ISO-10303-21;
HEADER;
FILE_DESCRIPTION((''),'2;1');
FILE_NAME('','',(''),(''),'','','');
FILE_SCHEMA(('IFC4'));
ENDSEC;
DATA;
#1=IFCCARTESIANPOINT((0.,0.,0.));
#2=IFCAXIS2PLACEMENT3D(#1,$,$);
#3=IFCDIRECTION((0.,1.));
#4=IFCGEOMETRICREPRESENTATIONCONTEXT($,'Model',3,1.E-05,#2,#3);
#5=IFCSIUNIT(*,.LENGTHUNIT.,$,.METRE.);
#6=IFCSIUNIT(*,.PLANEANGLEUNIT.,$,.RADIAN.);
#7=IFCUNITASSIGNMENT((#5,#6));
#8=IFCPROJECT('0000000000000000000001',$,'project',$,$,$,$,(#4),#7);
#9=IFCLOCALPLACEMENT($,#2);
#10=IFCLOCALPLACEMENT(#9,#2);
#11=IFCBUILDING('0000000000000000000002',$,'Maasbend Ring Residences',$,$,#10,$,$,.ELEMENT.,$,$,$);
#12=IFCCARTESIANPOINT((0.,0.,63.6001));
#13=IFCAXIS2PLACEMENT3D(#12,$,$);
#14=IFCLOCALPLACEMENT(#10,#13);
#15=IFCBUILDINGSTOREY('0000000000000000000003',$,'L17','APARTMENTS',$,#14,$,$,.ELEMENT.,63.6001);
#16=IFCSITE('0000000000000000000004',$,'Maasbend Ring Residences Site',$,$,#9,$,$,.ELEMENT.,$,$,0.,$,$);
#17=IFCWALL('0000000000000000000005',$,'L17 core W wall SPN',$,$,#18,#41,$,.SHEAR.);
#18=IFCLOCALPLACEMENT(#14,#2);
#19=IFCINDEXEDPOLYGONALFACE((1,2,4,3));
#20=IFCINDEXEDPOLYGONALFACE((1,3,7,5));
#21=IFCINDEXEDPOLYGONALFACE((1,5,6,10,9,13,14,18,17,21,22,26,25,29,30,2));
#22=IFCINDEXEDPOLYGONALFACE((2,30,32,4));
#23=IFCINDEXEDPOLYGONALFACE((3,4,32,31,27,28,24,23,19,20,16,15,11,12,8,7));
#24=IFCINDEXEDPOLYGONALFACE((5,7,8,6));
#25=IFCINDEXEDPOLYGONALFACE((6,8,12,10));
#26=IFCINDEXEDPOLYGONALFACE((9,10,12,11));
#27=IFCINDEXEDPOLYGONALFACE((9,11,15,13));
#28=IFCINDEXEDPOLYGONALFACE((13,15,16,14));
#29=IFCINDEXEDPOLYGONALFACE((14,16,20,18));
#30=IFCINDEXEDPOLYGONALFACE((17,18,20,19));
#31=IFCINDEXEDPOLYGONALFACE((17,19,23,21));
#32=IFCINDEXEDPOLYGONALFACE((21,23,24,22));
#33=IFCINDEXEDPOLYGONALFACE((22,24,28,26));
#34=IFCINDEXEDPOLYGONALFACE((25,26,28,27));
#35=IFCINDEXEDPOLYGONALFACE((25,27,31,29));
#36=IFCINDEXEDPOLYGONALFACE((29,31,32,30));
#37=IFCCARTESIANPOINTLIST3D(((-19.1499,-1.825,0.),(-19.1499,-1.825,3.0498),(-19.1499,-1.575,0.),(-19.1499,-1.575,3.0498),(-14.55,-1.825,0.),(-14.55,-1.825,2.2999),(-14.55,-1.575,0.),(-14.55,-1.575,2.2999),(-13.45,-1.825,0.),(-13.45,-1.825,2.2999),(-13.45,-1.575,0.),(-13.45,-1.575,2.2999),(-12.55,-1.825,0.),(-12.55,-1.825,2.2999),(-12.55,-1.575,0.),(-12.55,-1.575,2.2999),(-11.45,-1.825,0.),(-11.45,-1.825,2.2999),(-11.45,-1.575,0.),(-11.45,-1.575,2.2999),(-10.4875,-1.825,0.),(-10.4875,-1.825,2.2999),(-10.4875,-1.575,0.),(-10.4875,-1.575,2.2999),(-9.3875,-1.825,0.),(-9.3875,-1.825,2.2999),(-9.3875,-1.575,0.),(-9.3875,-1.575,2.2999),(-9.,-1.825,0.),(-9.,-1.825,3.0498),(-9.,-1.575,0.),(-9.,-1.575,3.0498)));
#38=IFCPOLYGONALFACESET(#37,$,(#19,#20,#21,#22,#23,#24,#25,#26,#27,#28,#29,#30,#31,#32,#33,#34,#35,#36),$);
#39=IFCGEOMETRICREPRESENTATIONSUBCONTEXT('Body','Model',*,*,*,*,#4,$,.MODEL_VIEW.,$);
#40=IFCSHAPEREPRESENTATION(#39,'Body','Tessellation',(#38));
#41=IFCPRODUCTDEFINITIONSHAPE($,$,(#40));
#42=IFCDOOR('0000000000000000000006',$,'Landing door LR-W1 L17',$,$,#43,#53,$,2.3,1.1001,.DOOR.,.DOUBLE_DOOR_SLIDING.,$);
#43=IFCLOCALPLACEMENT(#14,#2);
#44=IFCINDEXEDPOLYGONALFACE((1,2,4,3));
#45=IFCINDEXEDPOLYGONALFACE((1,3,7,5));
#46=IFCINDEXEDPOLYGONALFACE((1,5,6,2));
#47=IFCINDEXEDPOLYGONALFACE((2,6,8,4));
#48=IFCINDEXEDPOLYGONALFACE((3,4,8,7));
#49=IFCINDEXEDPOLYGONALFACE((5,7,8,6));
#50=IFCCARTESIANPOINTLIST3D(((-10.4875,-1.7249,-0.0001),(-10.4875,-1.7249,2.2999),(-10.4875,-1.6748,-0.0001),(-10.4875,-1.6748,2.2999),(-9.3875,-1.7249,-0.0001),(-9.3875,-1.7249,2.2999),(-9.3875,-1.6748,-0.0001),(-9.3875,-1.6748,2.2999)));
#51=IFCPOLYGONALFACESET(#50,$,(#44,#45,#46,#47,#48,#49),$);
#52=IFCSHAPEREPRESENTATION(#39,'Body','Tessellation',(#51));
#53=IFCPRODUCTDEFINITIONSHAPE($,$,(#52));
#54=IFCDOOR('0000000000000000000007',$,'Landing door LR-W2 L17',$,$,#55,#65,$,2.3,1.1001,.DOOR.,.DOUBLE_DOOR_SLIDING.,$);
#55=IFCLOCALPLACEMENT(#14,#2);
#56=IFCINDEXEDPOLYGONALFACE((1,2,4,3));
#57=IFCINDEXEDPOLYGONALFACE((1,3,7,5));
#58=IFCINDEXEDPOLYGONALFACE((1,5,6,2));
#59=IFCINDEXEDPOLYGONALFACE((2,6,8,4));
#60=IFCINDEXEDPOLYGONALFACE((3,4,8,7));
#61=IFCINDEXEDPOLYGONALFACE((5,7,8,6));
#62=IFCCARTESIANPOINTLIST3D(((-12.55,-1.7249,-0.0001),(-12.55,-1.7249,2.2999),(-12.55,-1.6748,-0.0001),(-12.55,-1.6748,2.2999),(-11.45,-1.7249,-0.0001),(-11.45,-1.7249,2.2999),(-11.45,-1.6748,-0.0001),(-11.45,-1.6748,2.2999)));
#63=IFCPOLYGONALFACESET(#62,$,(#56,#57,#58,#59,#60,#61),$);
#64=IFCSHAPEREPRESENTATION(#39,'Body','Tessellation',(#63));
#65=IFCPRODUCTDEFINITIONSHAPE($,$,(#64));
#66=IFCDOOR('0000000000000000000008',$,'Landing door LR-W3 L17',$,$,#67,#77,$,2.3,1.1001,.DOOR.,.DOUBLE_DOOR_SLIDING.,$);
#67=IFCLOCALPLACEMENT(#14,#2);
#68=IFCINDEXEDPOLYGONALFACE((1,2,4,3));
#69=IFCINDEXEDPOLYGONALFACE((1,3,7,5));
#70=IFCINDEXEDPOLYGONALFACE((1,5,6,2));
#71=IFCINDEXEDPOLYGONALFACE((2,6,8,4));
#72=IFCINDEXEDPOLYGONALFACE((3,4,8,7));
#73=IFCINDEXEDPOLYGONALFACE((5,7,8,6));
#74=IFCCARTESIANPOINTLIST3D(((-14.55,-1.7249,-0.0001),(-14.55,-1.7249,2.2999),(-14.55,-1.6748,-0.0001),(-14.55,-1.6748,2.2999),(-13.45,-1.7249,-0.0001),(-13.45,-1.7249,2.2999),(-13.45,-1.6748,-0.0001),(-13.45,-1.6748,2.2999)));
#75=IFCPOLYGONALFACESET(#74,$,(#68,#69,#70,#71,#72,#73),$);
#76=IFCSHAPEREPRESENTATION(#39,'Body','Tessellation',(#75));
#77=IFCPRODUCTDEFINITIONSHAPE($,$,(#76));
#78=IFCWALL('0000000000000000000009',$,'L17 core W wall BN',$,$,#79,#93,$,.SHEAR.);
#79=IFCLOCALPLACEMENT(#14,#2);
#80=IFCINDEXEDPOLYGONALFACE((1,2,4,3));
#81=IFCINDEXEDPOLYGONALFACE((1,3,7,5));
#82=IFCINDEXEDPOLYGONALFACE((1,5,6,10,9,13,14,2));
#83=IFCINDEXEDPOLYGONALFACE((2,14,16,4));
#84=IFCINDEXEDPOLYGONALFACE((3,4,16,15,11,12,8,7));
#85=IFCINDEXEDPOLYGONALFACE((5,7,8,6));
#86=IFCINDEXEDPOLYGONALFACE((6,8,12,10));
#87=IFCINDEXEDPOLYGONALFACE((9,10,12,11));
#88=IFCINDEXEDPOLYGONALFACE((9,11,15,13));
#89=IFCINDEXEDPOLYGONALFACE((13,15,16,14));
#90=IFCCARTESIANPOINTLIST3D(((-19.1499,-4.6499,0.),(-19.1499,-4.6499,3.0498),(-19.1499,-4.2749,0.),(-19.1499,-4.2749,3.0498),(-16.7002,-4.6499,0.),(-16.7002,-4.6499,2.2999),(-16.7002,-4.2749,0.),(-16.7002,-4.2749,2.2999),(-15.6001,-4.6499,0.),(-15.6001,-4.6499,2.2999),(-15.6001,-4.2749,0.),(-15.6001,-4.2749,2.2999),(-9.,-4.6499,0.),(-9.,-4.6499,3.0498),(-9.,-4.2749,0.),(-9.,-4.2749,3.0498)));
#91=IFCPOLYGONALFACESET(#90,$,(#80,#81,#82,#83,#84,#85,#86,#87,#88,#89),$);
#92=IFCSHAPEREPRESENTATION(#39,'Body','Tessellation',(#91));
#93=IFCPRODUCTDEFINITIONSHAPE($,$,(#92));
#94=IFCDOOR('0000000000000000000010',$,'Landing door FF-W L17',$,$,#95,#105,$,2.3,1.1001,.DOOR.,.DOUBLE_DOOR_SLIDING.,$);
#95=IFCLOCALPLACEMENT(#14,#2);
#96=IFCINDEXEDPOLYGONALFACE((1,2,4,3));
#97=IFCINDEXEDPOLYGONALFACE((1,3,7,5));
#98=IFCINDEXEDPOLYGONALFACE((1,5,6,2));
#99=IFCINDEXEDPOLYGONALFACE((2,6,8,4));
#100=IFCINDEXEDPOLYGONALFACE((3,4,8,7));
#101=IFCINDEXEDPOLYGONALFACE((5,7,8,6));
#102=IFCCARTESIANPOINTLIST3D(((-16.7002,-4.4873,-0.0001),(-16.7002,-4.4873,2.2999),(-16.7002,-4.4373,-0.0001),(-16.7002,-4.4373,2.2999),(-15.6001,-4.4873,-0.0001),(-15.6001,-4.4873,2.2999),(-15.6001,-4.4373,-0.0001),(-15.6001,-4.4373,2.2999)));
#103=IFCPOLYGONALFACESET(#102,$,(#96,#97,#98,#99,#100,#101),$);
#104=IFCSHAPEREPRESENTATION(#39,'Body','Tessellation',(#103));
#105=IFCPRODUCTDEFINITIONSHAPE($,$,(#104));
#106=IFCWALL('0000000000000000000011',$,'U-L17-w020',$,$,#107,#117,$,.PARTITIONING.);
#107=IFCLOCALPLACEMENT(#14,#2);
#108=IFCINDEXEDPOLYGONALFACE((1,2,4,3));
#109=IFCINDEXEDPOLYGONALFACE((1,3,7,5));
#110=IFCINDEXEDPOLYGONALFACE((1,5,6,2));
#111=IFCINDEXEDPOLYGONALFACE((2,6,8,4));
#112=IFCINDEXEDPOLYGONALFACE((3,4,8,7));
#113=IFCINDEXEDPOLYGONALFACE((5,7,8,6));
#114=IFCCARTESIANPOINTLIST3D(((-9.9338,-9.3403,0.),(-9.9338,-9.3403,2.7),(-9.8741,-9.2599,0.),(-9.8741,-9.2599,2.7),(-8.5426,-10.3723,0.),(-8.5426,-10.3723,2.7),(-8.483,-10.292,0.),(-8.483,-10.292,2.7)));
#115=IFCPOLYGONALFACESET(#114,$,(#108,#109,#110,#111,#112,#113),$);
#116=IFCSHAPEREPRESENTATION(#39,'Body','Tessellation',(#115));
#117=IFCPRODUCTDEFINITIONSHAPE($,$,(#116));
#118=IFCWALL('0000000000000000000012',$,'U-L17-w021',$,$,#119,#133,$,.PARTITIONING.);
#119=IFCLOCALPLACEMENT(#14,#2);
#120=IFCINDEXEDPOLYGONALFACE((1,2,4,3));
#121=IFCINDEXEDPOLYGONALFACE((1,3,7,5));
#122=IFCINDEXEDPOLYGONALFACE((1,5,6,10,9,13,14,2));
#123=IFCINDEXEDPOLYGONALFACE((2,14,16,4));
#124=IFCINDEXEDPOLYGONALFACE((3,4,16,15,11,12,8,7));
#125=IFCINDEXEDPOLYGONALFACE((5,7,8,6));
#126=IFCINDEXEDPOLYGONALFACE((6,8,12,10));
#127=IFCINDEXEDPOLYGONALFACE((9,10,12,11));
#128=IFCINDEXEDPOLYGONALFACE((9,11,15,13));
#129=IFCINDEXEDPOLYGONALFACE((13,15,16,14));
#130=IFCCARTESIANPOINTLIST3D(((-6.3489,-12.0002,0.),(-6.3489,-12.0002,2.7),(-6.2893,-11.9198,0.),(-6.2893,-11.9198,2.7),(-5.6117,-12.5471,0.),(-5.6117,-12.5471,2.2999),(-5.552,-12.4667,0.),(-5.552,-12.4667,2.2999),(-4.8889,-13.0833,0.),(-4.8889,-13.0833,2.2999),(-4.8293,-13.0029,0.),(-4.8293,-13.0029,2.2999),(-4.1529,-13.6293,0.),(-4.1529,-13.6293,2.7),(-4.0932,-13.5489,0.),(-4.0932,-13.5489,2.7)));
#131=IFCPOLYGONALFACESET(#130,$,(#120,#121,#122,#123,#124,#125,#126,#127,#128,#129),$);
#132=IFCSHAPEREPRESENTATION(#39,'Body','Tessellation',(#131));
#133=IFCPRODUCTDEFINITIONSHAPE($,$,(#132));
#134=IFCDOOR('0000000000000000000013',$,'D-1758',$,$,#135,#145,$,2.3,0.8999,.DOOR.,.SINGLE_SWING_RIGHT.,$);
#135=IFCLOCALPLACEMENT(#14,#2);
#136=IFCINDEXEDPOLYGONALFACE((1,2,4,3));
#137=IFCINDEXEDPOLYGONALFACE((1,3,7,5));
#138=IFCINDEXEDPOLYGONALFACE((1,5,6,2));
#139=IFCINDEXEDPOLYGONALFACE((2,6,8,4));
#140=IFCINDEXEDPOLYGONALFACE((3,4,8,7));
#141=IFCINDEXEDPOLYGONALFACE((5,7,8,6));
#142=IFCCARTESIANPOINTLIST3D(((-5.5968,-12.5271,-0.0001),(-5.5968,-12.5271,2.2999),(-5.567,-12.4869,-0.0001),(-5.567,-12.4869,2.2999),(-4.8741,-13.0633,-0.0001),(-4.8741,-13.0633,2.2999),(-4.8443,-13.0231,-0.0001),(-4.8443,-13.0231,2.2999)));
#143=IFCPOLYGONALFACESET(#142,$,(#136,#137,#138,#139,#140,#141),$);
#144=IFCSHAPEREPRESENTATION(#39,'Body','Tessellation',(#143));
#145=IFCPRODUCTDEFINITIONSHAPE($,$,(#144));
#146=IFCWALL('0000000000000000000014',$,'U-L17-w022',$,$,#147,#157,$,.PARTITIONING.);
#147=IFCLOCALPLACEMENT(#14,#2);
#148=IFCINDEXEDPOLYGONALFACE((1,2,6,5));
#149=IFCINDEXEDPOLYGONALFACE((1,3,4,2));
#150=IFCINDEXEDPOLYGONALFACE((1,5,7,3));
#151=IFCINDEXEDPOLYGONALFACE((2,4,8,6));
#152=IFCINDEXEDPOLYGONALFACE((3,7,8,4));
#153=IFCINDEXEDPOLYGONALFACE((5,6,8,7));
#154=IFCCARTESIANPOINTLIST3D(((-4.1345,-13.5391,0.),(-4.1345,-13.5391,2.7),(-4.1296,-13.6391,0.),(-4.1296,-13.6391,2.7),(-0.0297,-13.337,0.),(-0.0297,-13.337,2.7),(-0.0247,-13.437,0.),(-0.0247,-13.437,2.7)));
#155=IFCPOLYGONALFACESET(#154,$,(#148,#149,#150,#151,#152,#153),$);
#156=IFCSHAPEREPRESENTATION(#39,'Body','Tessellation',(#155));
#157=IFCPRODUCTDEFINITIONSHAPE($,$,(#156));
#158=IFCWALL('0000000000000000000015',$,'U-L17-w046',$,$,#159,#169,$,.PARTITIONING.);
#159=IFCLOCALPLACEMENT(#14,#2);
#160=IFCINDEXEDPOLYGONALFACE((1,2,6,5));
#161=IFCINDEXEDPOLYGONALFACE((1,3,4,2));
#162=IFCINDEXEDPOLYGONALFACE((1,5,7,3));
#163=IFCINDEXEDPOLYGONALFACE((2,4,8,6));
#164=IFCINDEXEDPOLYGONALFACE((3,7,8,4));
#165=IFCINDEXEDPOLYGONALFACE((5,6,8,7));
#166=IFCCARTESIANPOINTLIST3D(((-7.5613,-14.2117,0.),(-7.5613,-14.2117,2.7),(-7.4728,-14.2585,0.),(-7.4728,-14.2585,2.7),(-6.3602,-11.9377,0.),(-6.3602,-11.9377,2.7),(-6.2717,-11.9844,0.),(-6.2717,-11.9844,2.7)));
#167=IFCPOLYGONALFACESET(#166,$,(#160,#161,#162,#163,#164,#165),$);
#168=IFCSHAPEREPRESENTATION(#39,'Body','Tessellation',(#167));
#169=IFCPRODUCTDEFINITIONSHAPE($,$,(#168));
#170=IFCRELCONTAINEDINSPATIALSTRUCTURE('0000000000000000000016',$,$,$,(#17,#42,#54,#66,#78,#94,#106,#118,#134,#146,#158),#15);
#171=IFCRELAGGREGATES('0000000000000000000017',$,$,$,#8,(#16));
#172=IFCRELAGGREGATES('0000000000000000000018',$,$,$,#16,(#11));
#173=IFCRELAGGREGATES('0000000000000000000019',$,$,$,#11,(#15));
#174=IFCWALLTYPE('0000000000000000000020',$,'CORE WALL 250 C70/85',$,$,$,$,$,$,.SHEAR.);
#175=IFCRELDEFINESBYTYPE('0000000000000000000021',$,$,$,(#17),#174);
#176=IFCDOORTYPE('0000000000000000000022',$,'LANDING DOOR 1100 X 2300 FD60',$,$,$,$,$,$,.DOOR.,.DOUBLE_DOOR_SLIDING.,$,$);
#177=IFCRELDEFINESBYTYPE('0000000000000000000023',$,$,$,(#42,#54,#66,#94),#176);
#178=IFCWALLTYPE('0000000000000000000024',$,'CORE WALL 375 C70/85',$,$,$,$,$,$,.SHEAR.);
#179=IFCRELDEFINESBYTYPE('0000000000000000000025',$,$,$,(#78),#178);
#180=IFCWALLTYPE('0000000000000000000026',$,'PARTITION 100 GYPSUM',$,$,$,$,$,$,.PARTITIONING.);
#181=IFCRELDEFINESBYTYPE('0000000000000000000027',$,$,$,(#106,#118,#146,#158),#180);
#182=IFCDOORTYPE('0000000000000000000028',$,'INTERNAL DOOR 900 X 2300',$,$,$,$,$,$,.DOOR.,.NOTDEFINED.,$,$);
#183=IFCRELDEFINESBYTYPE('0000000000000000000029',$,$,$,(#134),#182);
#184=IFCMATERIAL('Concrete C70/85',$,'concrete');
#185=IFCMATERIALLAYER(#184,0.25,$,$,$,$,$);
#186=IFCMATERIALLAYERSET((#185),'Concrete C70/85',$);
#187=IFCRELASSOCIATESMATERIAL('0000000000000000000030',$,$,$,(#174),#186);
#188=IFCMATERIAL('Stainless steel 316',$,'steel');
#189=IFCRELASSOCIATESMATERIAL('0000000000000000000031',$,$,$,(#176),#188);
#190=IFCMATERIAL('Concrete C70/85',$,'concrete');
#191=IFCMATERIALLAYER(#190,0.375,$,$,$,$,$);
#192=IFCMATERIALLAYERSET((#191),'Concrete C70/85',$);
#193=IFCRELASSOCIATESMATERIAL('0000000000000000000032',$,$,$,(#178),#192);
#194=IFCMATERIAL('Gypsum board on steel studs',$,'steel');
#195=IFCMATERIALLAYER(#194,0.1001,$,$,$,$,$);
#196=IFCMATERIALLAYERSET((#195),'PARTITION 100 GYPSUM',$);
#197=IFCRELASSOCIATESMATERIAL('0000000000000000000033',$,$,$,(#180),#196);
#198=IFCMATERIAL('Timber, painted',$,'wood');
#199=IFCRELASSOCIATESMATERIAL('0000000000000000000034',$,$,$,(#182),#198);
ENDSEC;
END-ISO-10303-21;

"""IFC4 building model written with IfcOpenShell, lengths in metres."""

from ifc_helpers import new_model, si_unit, direction, frame, frame_2d, origin, place, context, subcontext, project, spatial, rectangle, extrude, material, layer, layer_set, type_object, element, fill, save


model = new_model("IFC4")

# Units and contexts
model_context = context("Model", 3, precision=1e-05, world=origin(), true_north=direction((0.0, 1.0)))
body_context = subcontext(model_context, "Body", "Model", "MODEL_VIEW")
ifc_project = project(units=[si_unit("LENGTHUNIT", "METRE"), si_unit("PLANEANGLEUNIT", "RADIAN")], contexts=[model_context])

# Site, building, storey
site_placement = place(None, origin())
site = spatial("IfcSite", under=ifc_project, at=site_placement, Name="Maasbend Ring Residences Site", CompositionType="ELEMENT", RefElevation=0.0)
building_placement = place(site_placement, origin())
building = spatial("IfcBuilding", under=site, at=building_placement, Name="Maasbend Ring Residences", CompositionType="ELEMENT")
storey_placement = place(building_placement, frame((0.0, 0.0, 63.6001)))
storey = spatial("IfcBuildingStorey", under=building, at=storey_placement, Name="L17", Description="APARTMENTS", CompositionType="ELEMENT", Elevation=63.6001)

# Wall, openings, doors
ifc_material_1 = material(Name="Concrete C70/85", Category="concrete")
ifc_layer_1 = layer(ifc_material_1, 0.25)
ifc_layer_set_1 = layer_set([ifc_layer_1], Name="Concrete C70/85")
wall_type_1 = type_object("IfcWallType", Name="CORE WALL 250 C70/85", PredefinedType="SHEAR", material=ifc_layer_set_1)
wall_1_placement = place(storey_placement, frame((-9.0, -1.7, 0.0), z_axis=(0.0, 0.0, 1.0), x_axis=(-1.0, 0.0, 0.0)))
wall_1 = element("IfcWall", 1, at=wall_1_placement, inside=storey, type_object=wall_type_1, Name="L17 core W wall SPN", PredefinedType="SHEAR", context=body_context, shape_type="SweptSolid", body=[
    extrude(rectangle(XDim=10.1499, YDim=0.25, at=frame_2d((5.075, 0.0))), origin(), (0.0, 0.0, 1.0), 3.0498),
])
opening_1_placement = place(wall_1_placement, frame((0.3875, 0.0, 0.0)))
opening_1 = element("IfcOpeningElement", 2, at=opening_1_placement, cuts=wall_1, PredefinedType="OPENING", context=body_context, shape_type="SweptSolid", body=[
    extrude(rectangle(XDim=1.1001, YDim=2.3, at=frame_2d((0.55, 1.1499))), frame((0.0, 0.135, 0.0), z_axis=(0.0, -1.0, 0.0), x_axis=(1.0, 0.0, 0.0)), (0.0, 0.0, 1.0), 0.27),
])
opening_2_placement = place(wall_1_placement, frame((2.45, 0.0, 0.0)))
opening_2 = element("IfcOpeningElement", 3, at=opening_2_placement, cuts=wall_1, PredefinedType="OPENING", context=body_context, shape_type="SweptSolid", body=[
    extrude(rectangle(XDim=1.1001, YDim=2.3, at=frame_2d((0.55, 1.1499))), frame((0.0, 0.135, 0.0), z_axis=(0.0, -1.0, 0.0), x_axis=(1.0, 0.0, 0.0)), (0.0, 0.0, 1.0), 0.27),
])
opening_3_placement = place(wall_1_placement, frame((4.45, 0.0, 0.0)))
opening_3 = element("IfcOpeningElement", 4, at=opening_3_placement, cuts=wall_1, PredefinedType="OPENING", context=body_context, shape_type="SweptSolid", body=[
    extrude(rectangle(XDim=1.1001, YDim=2.3, at=frame_2d((0.55, 1.1499))), frame((0.0, 0.135, 0.0), z_axis=(0.0, -1.0, 0.0), x_axis=(1.0, 0.0, 0.0)), (0.0, 0.0, 1.0), 0.27),
])
ifc_material_2 = material(Name="Stainless steel 316", Category="steel")
door_type_1 = type_object("IfcDoorType", Name="LANDING DOOR 1100 X 2300 FD60", OperationType="DOUBLE_DOOR_SLIDING", PredefinedType="DOOR", material=ifc_material_2)
door_1_placement = place(opening_1_placement, origin())
door_1 = element("IfcDoor", 5, at=door_1_placement, inside=storey, type_object=door_type_1, Name="Landing door LR-W1 L17", OperationType="DOUBLE_DOOR_SLIDING", OverallHeight=2.3, OverallWidth=1.1001, PredefinedType="DOOR", context=body_context, shape_type="SweptSolid", body=[
    extrude(rectangle(XDim=1.1001, YDim=2.3, at=frame_2d((0.55, 1.1499))), frame((0.0, 0.0249, 0.0), z_axis=(0.0, -1.0, 0.0), x_axis=(1.0, 0.0, 0.0)), (0.0, 0.0, 1.0), 0.05),
])
fill(opening_1, door_1)
door_2_placement = place(opening_2_placement, origin())
door_2 = element("IfcDoor", 6, at=door_2_placement, inside=storey, type_object=door_type_1, Name="Landing door LR-W2 L17", OperationType="DOUBLE_DOOR_SLIDING", OverallHeight=2.3, OverallWidth=1.1001, PredefinedType="DOOR", context=body_context, shape_type="SweptSolid", body=[
    extrude(rectangle(XDim=1.1001, YDim=2.3, at=frame_2d((0.55, 1.1499))), frame((0.0, 0.0249, 0.0), z_axis=(0.0, -1.0, 0.0), x_axis=(1.0, 0.0, 0.0)), (0.0, 0.0, 1.0), 0.05),
])
fill(opening_2, door_2)
door_3_placement = place(opening_3_placement, origin())
door_3 = element("IfcDoor", 7, at=door_3_placement, inside=storey, type_object=door_type_1, Name="Landing door LR-W3 L17", OperationType="DOUBLE_DOOR_SLIDING", OverallHeight=2.3, OverallWidth=1.1001, PredefinedType="DOOR", context=body_context, shape_type="SweptSolid", body=[
    extrude(rectangle(XDim=1.1001, YDim=2.3, at=frame_2d((0.55, 1.1499))), frame((0.0, 0.0249, 0.0), z_axis=(0.0, -1.0, 0.0), x_axis=(1.0, 0.0, 0.0)), (0.0, 0.0, 1.0), 0.05),
])
fill(opening_3, door_3)

# Wall, opening, door
ifc_material_3 = material(Name="Concrete C70/85", Category="concrete")
ifc_layer_2 = layer(ifc_material_3, 0.375)
ifc_layer_set_2 = layer_set([ifc_layer_2], Name="Concrete C70/85")
wall_type_2 = type_object("IfcWallType", Name="CORE WALL 375 C70/85", PredefinedType="SHEAR", material=ifc_layer_set_2)
wall_2_placement = place(storey_placement, frame((-9.0, -4.4624, 0.0), z_axis=(0.0, 0.0, 1.0), x_axis=(-1.0, 0.0, 0.0)))
wall_2 = element("IfcWall", 8, at=wall_2_placement, inside=storey, type_object=wall_type_2, Name="L17 core W wall BN", PredefinedType="SHEAR", context=body_context, shape_type="SweptSolid", body=[
    extrude(rectangle(XDim=10.1499, YDim=0.375, at=frame_2d((5.075, 0.0))), origin(), (0.0, 0.0, 1.0), 3.0498),
])
opening_4_placement = place(wall_2_placement, frame((6.6001, 0.0, 0.0)))
opening_4 = element("IfcOpeningElement", 9, at=opening_4_placement, cuts=wall_2, PredefinedType="OPENING", context=body_context, shape_type="SweptSolid", body=[
    extrude(rectangle(XDim=1.1001, YDim=2.3, at=frame_2d((0.55, 1.1499))), frame((0.0, 0.1975, 0.0), z_axis=(0.0, -1.0, 0.0), x_axis=(1.0, 0.0, 0.0)), (0.0, 0.0, 1.0), 0.395),
])
door_4_placement = place(opening_4_placement, origin())
door_4 = element("IfcDoor", 10, at=door_4_placement, inside=storey, type_object=door_type_1, Name="Landing door FF-W L17", OperationType="DOUBLE_DOOR_SLIDING", OverallHeight=2.3, OverallWidth=1.1001, PredefinedType="DOOR", context=body_context, shape_type="SweptSolid", body=[
    extrude(rectangle(XDim=1.1001, YDim=2.3, at=frame_2d((0.55, 1.1499))), frame((0.0, 0.0249, 0.0), z_axis=(0.0, -1.0, 0.0), x_axis=(1.0, 0.0, 0.0)), (0.0, 0.0, 1.0), 0.05),
])
fill(opening_4, door_4)

# Wall
ifc_material_4 = material(Name="Gypsum board on steel studs", Category="steel")
ifc_layer_3 = layer(ifc_material_4, 0.1001)
ifc_layer_set_3 = layer_set([ifc_layer_3], Name="PARTITION 100 GYPSUM")
wall_type_3 = type_object("IfcWallType", Name="PARTITION 100 GYPSUM", PredefinedType="PARTITIONING", material=ifc_layer_set_3)
wall_3_placement = place(storey_placement, frame((-9.9041, -9.3, 0.0), z_axis=(0.0, 0.0, 1.0), x_axis=(0.803135, -0.595797, 0.0)))
element("IfcWall", 11, at=wall_3_placement, inside=storey, type_object=wall_type_3, Name="U-L17-w020", PredefinedType="PARTITIONING", context=body_context, shape_type="SweptSolid", body=[
    extrude(rectangle(XDim=1.7322, YDim=0.1001, at=frame_2d((0.8662, 0.0))), origin(), (0.0, 0.0, 1.0), 2.7),
])

# Wall, opening, door
wall_4_placement = place(storey_placement, frame((-6.3191, -11.96, 0.0), z_axis=(0.0, 0.0, 1.0), x_axis=(0.803128, -0.595806, 0.0)))
wall_4 = element("IfcWall", 12, at=wall_4_placement, inside=storey, type_object=wall_type_3, Name="U-L17-w021", PredefinedType="PARTITIONING", context=body_context, shape_type="SweptSolid", body=[
    extrude(rectangle(XDim=2.7344, YDim=0.1001, at=frame_2d((1.3672, 0.0))), origin(), (0.0, 0.0, 1.0), 2.7),
])
opening_5_placement = place(wall_4_placement, frame((0.918, 0.0, 0.0)))
opening_5 = element("IfcOpeningElement", 13, at=opening_5_placement, cuts=wall_4, PredefinedType="OPENING", context=body_context, shape_type="SweptSolid", body=[
    extrude(rectangle(XDim=0.8999, YDim=2.3, at=frame_2d((0.45, 1.1499))), frame((0.0, 0.0601, 0.0), z_axis=(0.0, -1.0, 0.0), x_axis=(1.0, 0.0, 0.0)), (0.0, 0.0, 1.0), 0.1201),
])
ifc_material_5 = material(Name="Timber, painted", Category="wood")
door_type_2 = type_object("IfcDoorType", Name="INTERNAL DOOR 900 X 2300", OperationType="NOTDEFINED", PredefinedType="DOOR", material=ifc_material_5)
door_5_placement = place(opening_5_placement, origin())
door_5 = element("IfcDoor", 14, at=door_5_placement, inside=storey, type_object=door_type_2, Name="D-1758", OperationType="SINGLE_SWING_RIGHT", OverallHeight=2.3, OverallWidth=0.8999, PredefinedType="DOOR", context=body_context, shape_type="SweptSolid", body=[
    extrude(rectangle(XDim=0.8999, YDim=2.3, at=frame_2d((0.45, 1.1499))), frame((0.0, 0.0249, 0.0), z_axis=(0.0, -1.0, 0.0), x_axis=(1.0, 0.0, 0.0)), (0.0, 0.0, 1.0), 0.05),
])
fill(opening_5, door_5)

# Walls
wall_5_placement = place(storey_placement, frame((-4.1321, -13.5891, 0.0), z_axis=(0.0, 0.0, 1.0), x_axis=(0.99879, 0.049185, 0.0)))
element("IfcWall", 15, at=wall_5_placement, inside=storey, type_object=wall_type_3, Name="U-L17-w022", PredefinedType="PARTITIONING", context=body_context, shape_type="SweptSolid", body=[
    extrude(rectangle(XDim=4.1099, YDim=0.1001, at=frame_2d((2.0549, 0.0))), origin(), (0.0, 0.0, 1.0), 2.7),
])
wall_6_placement = place(storey_placement, frame((-7.5171, -14.2351, 0.0), z_axis=(0.0, 0.0, 1.0), x_axis=(0.467037, 0.884238, 0.0)))
element("IfcWall", 16, at=wall_6_placement, inside=storey, type_object=wall_type_3, Name="U-L17-w046", PredefinedType="PARTITIONING", context=body_context, shape_type="SweptSolid", body=[
    extrude(rectangle(XDim=2.5718, YDim=0.1001, at=frame_2d((1.2859, 0.0))), origin(), (0.0, 0.0, 1.0), 2.7),
])

save(model, "model.ifc")
